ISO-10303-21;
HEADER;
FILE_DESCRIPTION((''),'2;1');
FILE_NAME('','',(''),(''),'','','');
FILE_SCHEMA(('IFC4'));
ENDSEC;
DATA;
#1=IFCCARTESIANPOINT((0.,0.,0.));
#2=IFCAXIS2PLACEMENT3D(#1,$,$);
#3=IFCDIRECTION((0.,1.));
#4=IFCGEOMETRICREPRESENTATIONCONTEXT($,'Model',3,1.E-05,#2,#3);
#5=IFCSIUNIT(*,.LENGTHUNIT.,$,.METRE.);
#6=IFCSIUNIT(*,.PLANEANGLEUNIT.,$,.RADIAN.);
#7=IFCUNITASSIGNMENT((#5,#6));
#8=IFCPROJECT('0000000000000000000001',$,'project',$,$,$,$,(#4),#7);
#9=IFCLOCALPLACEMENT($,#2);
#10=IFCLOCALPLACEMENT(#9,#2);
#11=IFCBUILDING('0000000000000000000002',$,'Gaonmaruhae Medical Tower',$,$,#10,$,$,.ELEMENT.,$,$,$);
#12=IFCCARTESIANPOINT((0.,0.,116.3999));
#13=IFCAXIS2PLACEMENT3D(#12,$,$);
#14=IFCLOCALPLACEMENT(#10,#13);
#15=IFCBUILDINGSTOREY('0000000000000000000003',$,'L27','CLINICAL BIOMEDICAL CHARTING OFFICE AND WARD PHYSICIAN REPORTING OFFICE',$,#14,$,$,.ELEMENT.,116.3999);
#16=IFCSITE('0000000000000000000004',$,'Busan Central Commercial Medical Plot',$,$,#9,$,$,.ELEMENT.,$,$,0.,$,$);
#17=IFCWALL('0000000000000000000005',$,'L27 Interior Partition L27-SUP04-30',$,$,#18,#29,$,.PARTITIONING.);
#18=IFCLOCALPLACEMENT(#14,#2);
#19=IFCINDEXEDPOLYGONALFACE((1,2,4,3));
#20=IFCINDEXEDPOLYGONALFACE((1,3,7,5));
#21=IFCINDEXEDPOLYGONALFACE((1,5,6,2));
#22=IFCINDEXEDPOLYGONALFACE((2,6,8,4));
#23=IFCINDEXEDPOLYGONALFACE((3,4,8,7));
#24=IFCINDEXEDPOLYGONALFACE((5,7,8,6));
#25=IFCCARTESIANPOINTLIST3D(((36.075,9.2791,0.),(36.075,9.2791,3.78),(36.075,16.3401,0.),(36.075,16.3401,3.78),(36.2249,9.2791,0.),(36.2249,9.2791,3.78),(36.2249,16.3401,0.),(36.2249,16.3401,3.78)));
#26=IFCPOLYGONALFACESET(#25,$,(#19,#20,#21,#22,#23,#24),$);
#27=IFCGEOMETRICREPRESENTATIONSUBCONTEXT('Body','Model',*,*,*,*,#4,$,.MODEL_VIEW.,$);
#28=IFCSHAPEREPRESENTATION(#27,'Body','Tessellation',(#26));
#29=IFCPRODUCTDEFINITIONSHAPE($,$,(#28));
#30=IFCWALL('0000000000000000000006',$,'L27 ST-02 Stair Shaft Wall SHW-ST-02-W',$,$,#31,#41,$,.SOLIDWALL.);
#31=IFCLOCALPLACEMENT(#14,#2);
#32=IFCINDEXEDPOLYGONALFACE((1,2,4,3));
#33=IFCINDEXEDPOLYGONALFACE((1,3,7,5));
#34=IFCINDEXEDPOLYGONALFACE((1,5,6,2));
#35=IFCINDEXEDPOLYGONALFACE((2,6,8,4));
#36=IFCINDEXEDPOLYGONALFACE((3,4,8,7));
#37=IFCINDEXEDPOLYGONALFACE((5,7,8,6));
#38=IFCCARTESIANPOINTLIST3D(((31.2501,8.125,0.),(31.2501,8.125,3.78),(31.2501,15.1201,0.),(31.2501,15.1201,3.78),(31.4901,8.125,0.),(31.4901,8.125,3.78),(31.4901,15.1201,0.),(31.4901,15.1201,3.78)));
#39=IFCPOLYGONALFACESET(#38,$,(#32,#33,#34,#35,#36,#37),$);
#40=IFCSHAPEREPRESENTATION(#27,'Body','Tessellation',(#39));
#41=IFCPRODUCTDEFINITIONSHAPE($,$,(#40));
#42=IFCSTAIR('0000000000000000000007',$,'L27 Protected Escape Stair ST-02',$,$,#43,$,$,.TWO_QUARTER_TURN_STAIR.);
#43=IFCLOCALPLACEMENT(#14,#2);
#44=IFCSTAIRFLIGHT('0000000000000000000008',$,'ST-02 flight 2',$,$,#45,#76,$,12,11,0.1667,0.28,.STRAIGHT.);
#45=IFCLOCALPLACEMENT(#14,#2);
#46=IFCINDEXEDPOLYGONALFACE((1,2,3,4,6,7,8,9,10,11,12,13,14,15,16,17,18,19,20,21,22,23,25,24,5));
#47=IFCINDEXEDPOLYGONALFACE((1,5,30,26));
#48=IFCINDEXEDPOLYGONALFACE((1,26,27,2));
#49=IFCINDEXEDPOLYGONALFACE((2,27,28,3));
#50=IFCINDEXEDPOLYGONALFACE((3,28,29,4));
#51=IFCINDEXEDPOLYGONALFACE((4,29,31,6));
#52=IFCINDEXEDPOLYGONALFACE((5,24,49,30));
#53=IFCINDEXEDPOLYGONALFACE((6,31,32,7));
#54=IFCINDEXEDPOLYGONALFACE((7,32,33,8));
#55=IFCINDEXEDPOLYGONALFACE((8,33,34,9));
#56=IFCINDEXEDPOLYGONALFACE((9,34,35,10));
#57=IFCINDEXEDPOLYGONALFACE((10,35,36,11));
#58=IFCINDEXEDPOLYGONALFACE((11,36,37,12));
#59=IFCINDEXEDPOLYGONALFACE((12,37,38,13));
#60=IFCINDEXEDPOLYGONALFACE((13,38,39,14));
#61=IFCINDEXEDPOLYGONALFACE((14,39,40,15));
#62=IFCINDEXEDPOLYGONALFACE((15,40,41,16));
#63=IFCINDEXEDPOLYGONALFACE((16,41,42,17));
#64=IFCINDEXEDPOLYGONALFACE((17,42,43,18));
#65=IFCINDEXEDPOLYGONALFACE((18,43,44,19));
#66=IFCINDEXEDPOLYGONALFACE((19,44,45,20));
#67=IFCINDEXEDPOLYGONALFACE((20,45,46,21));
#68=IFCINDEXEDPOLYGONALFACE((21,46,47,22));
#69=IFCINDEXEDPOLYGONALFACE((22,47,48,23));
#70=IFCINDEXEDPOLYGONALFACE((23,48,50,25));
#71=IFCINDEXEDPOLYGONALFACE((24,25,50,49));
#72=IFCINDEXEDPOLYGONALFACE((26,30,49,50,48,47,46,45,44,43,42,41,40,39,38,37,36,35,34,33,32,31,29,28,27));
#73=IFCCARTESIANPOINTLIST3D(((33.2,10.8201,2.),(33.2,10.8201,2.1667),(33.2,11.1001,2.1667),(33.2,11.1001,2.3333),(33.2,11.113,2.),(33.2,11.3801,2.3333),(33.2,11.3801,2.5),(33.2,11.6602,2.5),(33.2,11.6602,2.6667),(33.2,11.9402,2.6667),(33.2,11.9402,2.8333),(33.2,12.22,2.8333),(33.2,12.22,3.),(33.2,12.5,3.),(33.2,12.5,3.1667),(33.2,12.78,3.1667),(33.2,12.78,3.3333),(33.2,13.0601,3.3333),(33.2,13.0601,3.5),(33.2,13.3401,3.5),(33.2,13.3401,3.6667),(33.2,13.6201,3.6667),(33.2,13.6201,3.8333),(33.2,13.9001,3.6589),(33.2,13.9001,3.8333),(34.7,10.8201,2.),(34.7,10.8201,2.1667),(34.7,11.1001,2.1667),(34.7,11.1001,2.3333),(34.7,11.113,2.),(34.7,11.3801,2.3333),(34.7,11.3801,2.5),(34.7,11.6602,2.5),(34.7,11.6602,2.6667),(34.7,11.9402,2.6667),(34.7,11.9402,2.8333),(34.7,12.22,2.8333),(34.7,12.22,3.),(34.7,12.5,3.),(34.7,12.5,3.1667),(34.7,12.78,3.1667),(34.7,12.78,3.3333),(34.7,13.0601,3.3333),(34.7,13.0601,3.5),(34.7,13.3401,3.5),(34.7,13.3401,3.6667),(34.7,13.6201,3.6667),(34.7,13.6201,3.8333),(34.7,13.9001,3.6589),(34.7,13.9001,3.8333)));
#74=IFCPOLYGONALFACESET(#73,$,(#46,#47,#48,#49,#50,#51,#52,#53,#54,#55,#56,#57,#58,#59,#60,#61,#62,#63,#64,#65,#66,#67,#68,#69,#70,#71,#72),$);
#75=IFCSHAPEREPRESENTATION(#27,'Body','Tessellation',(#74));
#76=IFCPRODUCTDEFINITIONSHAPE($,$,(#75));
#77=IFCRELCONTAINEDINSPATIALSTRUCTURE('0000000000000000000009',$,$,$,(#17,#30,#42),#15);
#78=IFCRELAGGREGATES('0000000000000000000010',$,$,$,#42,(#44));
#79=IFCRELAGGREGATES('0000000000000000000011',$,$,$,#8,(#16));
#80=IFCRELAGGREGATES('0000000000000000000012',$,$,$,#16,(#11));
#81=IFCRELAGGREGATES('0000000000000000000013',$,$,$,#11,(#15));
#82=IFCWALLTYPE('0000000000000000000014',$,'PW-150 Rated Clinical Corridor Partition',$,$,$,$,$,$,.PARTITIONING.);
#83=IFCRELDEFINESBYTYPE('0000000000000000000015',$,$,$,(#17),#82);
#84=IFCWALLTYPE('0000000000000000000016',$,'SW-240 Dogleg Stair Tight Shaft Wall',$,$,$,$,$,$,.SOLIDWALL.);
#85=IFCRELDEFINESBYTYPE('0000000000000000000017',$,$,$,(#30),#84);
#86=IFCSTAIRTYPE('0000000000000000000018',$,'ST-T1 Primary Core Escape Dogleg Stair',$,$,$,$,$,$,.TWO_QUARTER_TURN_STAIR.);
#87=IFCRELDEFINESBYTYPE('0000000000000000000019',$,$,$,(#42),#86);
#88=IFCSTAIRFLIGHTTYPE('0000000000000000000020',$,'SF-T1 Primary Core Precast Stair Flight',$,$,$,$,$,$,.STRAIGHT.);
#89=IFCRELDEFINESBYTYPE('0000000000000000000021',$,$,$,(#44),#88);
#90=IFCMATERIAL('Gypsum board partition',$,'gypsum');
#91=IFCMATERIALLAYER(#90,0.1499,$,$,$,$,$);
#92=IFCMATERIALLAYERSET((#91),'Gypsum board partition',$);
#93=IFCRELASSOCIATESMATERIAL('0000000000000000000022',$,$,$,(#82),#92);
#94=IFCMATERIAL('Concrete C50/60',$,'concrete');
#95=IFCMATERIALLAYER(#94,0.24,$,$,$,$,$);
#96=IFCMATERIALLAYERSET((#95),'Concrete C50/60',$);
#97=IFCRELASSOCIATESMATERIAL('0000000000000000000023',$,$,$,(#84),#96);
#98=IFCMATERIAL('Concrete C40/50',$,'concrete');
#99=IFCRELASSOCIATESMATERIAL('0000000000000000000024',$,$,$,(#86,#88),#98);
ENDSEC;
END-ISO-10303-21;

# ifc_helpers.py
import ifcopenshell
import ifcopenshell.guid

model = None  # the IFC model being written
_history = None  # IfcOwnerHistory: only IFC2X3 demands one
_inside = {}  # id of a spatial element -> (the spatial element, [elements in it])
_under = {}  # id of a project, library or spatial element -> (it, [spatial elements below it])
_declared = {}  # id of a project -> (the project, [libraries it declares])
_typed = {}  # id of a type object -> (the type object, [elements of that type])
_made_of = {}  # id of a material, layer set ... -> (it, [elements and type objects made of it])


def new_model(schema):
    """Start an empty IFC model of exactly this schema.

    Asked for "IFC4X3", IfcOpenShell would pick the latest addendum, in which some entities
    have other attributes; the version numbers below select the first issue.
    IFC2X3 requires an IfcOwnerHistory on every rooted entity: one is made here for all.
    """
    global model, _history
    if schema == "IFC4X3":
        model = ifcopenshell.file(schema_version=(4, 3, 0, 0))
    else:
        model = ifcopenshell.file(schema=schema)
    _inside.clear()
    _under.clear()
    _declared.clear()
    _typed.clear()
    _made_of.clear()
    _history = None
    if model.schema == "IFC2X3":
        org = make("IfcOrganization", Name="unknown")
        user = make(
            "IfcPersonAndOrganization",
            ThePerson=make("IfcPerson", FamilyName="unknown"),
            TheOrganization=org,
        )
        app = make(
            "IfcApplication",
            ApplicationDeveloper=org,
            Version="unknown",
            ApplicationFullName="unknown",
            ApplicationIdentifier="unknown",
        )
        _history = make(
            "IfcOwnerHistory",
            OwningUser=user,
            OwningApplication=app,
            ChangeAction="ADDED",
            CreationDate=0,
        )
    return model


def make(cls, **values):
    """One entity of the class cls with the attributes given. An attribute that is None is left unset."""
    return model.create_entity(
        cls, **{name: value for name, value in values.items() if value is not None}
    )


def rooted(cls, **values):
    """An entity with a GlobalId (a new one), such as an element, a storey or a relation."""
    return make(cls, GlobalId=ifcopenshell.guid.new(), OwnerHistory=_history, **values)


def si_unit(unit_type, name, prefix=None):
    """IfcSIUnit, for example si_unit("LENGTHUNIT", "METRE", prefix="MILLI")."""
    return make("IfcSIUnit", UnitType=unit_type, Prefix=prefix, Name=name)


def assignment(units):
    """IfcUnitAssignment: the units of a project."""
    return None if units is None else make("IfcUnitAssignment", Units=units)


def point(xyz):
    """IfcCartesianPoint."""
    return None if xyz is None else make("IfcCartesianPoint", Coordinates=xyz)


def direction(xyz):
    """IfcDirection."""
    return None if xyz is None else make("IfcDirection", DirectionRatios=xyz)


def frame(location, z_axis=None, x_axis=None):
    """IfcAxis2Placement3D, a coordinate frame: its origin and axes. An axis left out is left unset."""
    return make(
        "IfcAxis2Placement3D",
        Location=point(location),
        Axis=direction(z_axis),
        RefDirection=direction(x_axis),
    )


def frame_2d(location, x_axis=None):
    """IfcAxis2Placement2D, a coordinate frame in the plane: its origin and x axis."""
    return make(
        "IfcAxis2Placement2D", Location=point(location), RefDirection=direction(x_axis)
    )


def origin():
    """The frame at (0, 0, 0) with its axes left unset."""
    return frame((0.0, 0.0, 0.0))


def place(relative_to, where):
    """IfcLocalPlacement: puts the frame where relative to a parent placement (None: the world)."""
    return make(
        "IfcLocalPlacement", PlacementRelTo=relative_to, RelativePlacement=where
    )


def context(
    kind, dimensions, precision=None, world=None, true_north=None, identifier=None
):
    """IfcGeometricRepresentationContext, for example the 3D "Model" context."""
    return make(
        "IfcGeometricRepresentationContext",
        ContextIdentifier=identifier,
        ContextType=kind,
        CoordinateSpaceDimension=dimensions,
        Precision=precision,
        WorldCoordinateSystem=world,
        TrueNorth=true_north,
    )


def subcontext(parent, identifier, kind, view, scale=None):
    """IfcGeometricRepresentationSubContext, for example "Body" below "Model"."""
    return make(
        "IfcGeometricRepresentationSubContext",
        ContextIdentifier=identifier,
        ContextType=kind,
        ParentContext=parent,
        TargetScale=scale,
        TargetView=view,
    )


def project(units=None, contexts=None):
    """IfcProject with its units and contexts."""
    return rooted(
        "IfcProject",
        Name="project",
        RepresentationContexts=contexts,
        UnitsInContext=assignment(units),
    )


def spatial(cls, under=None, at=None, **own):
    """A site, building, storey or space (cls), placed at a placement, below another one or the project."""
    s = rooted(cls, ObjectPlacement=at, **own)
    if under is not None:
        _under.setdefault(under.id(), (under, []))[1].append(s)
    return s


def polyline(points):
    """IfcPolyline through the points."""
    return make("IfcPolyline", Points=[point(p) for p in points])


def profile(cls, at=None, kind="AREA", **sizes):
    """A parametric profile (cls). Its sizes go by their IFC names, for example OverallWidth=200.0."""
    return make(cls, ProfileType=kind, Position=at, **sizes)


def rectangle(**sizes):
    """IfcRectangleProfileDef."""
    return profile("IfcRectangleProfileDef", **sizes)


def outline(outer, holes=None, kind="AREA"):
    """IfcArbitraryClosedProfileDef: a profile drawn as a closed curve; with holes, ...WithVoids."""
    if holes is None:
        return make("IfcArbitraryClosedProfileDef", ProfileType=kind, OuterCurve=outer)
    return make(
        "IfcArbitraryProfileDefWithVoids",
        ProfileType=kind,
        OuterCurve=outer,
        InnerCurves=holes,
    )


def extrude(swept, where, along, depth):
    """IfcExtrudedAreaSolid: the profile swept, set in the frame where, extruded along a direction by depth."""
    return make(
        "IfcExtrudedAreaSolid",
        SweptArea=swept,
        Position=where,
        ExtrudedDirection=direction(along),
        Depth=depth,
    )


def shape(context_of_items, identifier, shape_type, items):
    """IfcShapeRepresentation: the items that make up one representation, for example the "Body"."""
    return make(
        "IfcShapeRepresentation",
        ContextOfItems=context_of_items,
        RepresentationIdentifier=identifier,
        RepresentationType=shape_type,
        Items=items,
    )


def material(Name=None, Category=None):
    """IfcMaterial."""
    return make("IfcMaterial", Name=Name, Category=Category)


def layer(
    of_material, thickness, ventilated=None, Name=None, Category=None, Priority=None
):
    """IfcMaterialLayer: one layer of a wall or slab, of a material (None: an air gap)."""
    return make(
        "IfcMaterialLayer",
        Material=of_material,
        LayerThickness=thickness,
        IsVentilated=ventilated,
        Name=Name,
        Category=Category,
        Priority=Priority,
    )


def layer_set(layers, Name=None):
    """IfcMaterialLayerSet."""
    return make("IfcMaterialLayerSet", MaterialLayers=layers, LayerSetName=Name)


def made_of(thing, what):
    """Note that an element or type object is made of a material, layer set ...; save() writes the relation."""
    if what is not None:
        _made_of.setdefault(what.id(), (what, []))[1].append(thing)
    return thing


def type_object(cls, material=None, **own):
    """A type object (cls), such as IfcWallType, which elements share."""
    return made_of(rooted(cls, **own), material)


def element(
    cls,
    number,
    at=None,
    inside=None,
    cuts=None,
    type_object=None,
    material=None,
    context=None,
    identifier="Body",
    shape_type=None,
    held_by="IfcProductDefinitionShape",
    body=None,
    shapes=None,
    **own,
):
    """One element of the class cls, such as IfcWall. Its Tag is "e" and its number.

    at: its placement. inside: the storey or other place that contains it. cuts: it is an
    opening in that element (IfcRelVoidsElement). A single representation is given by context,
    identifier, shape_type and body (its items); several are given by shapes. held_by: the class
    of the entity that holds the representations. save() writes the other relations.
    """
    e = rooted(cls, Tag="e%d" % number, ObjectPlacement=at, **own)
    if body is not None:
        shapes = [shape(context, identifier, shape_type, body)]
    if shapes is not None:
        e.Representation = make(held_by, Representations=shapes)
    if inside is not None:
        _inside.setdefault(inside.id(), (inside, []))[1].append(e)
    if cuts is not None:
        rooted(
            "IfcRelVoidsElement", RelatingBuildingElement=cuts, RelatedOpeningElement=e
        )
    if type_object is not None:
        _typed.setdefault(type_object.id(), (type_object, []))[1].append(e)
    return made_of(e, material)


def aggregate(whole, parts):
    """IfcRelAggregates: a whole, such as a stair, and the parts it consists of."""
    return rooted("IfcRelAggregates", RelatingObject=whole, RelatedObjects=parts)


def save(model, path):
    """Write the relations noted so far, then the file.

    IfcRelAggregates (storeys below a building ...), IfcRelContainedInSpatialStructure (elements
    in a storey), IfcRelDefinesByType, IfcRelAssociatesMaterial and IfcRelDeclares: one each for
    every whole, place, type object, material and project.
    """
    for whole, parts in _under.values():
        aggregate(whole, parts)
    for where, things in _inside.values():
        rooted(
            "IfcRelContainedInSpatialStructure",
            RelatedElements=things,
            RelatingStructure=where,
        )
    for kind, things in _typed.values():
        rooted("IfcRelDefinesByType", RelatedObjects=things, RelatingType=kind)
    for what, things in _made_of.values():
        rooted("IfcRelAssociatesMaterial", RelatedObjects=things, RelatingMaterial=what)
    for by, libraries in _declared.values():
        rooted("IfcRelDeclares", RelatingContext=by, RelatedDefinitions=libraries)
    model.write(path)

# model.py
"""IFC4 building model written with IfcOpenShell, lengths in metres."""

from ifc_helpers import new_model, si_unit, direction, frame, frame_2d, origin, place, context, subcontext, project, spatial, polyline, rectangle, outline, extrude, material, layer, layer_set, type_object, element, aggregate, save


model = new_model("IFC4")

# Units and contexts
model_context = context("Model", 3, precision=1e-05, world=origin(), true_north=direction((0.0, 1.0)))
body_context = subcontext(model_context, "Body", "Model", "MODEL_VIEW")
ifc_project = project(units=[si_unit("LENGTHUNIT", "METRE"), si_unit("PLANEANGLEUNIT", "RADIAN")], contexts=[model_context])

# Site, building, storey
site_placement = place(None, origin())
site = spatial("IfcSite", under=ifc_project, at=site_placement, Name="Busan Central Commercial Medical Plot", CompositionType="ELEMENT", RefElevation=0.0)
building_placement = place(site_placement, origin())
building = spatial("IfcBuilding", under=site, at=building_placement, Name="Gaonmaruhae Medical Tower", CompositionType="ELEMENT")
storey_placement = place(building_placement, frame((0.0, 0.0, 116.3999)))
storey = spatial("IfcBuildingStorey", under=building, at=storey_placement, Name="L27", Description="CLINICAL BIOMEDICAL CHARTING OFFICE AND WARD PHYSICIAN REPORTING OFFICE", CompositionType="ELEMENT", Elevation=116.3999)

# Shared definitions
ifc_material_1 = material(Name="Gypsum board partition", Category="gypsum")
ifc_layer_1 = layer(ifc_material_1, 0.1499)
ifc_layer_set_1 = layer_set([ifc_layer_1], Name="Gypsum board partition")
wall_type_1 = type_object("IfcWallType", Name="PW-150 Rated Clinical Corridor Partition", PredefinedType="PARTITIONING", material=ifc_layer_set_1)

# Walls
wall_1_placement = place(storey_placement, frame((36.1499, 9.2791, 0.0), z_axis=(0.0, 0.0, 1.0), x_axis=(0.0, 1.0, 0.0)))
element("IfcWall", 1, at=wall_1_placement, inside=storey, type_object=wall_type_1, Name="L27 Interior Partition L27-SUP04-30", PredefinedType="PARTITIONING", context=body_context, shape_type="SweptSolid", body=[
    extrude(rectangle(XDim=7.061, YDim=0.1499, at=frame_2d((3.5305, 0.0))), origin(), (0.0, 0.0, 1.0), 3.78),
])
ifc_material_2 = material(Name="Concrete C50/60", Category="concrete")
ifc_layer_2 = layer(ifc_material_2, 0.24)
ifc_layer_set_2 = layer_set([ifc_layer_2], Name="Concrete C50/60")
wall_type_2 = type_object("IfcWallType", Name="SW-240 Dogleg Stair Tight Shaft Wall", PredefinedType="SOLIDWALL", material=ifc_layer_set_2)
wall_2_placement = place(storey_placement, frame((31.3701, 8.125, 0.0), z_axis=(0.0, 0.0, 1.0), x_axis=(0.0, 1.0, 0.0)))
element("IfcWall", 2, at=wall_2_placement, inside=storey, type_object=wall_type_2, Name="L27 ST-02 Stair Shaft Wall SHW-ST-02-W", PredefinedType="SOLIDWALL", context=body_context, shape_type="SweptSolid", body=[
    extrude(rectangle(XDim=6.9951, YDim=0.24, at=frame_2d((3.4976, 0.0))), origin(), (0.0, 0.0, 1.0), 3.78),
])

# Stair, stair flight
ifc_material_3 = material(Name="Concrete C40/50", Category="concrete")
stair_type = type_object("IfcStairType", Name="ST-T1 Primary Core Escape Dogleg Stair", PredefinedType="TWO_QUARTER_TURN_STAIR", material=ifc_material_3)
stair_placement = place(storey_placement, origin())
stair = element("IfcStair", 3, at=stair_placement, inside=storey, type_object=stair_type, Name="L27 Protected Escape Stair ST-02", PredefinedType="TWO_QUARTER_TURN_STAIR")
stair_flight_type = type_object("IfcStairFlightType", Name="SF-T1 Primary Core Precast Stair Flight", PredefinedType="STRAIGHT", material=ifc_material_3)
stair_flight_placement = place(storey_placement, frame((33.95, 10.8201, 2.0), z_axis=(0.0, 0.0, 1.0), x_axis=(0.0, 1.0, 0.0)))
stair_flight = element("IfcStairFlight", 4, at=stair_flight_placement, type_object=stair_flight_type, Name="ST-02 flight 2", NumberOfRisers=12, NumberOfTreads=11, PredefinedType="STRAIGHT", RiserHeight=0.1667, TreadLength=0.28, context=body_context, shape_type="SweptSolid", body=[
    extrude(outline(polyline([(0.0, 0.0), (0.0, 0.1667), (0.28, 0.1667), (0.28, 0.3333), (0.5601, 0.3333), (0.5601, 0.5), (0.8401, 0.5), (0.8401, 0.6667), (1.1201, 0.6667), (1.1201, 0.8333), (1.3999, 0.8333), (1.3999, 1.0), (1.6799, 1.0), (1.6799, 1.1667), (1.96, 1.1667), (1.96, 1.3333), (2.24, 1.3333), (2.24, 1.5), (2.52, 1.5), (2.52, 1.6667), (2.8, 1.6667), (2.8, 1.8333), (3.0801, 1.8333), (3.0801, 2.0), (3.0801, 1.6589), (0.293, 0.0), (0.0, 0.0)])), frame((0.0, 0.75, 0.0), z_axis=(0.0, -1.0, 0.0), x_axis=(1.0, 0.0, 0.0)), (0.0, 0.0, 1.0), 1.5),
])
aggregate(stair, [stair_flight])

save(model, "model.ifc")
